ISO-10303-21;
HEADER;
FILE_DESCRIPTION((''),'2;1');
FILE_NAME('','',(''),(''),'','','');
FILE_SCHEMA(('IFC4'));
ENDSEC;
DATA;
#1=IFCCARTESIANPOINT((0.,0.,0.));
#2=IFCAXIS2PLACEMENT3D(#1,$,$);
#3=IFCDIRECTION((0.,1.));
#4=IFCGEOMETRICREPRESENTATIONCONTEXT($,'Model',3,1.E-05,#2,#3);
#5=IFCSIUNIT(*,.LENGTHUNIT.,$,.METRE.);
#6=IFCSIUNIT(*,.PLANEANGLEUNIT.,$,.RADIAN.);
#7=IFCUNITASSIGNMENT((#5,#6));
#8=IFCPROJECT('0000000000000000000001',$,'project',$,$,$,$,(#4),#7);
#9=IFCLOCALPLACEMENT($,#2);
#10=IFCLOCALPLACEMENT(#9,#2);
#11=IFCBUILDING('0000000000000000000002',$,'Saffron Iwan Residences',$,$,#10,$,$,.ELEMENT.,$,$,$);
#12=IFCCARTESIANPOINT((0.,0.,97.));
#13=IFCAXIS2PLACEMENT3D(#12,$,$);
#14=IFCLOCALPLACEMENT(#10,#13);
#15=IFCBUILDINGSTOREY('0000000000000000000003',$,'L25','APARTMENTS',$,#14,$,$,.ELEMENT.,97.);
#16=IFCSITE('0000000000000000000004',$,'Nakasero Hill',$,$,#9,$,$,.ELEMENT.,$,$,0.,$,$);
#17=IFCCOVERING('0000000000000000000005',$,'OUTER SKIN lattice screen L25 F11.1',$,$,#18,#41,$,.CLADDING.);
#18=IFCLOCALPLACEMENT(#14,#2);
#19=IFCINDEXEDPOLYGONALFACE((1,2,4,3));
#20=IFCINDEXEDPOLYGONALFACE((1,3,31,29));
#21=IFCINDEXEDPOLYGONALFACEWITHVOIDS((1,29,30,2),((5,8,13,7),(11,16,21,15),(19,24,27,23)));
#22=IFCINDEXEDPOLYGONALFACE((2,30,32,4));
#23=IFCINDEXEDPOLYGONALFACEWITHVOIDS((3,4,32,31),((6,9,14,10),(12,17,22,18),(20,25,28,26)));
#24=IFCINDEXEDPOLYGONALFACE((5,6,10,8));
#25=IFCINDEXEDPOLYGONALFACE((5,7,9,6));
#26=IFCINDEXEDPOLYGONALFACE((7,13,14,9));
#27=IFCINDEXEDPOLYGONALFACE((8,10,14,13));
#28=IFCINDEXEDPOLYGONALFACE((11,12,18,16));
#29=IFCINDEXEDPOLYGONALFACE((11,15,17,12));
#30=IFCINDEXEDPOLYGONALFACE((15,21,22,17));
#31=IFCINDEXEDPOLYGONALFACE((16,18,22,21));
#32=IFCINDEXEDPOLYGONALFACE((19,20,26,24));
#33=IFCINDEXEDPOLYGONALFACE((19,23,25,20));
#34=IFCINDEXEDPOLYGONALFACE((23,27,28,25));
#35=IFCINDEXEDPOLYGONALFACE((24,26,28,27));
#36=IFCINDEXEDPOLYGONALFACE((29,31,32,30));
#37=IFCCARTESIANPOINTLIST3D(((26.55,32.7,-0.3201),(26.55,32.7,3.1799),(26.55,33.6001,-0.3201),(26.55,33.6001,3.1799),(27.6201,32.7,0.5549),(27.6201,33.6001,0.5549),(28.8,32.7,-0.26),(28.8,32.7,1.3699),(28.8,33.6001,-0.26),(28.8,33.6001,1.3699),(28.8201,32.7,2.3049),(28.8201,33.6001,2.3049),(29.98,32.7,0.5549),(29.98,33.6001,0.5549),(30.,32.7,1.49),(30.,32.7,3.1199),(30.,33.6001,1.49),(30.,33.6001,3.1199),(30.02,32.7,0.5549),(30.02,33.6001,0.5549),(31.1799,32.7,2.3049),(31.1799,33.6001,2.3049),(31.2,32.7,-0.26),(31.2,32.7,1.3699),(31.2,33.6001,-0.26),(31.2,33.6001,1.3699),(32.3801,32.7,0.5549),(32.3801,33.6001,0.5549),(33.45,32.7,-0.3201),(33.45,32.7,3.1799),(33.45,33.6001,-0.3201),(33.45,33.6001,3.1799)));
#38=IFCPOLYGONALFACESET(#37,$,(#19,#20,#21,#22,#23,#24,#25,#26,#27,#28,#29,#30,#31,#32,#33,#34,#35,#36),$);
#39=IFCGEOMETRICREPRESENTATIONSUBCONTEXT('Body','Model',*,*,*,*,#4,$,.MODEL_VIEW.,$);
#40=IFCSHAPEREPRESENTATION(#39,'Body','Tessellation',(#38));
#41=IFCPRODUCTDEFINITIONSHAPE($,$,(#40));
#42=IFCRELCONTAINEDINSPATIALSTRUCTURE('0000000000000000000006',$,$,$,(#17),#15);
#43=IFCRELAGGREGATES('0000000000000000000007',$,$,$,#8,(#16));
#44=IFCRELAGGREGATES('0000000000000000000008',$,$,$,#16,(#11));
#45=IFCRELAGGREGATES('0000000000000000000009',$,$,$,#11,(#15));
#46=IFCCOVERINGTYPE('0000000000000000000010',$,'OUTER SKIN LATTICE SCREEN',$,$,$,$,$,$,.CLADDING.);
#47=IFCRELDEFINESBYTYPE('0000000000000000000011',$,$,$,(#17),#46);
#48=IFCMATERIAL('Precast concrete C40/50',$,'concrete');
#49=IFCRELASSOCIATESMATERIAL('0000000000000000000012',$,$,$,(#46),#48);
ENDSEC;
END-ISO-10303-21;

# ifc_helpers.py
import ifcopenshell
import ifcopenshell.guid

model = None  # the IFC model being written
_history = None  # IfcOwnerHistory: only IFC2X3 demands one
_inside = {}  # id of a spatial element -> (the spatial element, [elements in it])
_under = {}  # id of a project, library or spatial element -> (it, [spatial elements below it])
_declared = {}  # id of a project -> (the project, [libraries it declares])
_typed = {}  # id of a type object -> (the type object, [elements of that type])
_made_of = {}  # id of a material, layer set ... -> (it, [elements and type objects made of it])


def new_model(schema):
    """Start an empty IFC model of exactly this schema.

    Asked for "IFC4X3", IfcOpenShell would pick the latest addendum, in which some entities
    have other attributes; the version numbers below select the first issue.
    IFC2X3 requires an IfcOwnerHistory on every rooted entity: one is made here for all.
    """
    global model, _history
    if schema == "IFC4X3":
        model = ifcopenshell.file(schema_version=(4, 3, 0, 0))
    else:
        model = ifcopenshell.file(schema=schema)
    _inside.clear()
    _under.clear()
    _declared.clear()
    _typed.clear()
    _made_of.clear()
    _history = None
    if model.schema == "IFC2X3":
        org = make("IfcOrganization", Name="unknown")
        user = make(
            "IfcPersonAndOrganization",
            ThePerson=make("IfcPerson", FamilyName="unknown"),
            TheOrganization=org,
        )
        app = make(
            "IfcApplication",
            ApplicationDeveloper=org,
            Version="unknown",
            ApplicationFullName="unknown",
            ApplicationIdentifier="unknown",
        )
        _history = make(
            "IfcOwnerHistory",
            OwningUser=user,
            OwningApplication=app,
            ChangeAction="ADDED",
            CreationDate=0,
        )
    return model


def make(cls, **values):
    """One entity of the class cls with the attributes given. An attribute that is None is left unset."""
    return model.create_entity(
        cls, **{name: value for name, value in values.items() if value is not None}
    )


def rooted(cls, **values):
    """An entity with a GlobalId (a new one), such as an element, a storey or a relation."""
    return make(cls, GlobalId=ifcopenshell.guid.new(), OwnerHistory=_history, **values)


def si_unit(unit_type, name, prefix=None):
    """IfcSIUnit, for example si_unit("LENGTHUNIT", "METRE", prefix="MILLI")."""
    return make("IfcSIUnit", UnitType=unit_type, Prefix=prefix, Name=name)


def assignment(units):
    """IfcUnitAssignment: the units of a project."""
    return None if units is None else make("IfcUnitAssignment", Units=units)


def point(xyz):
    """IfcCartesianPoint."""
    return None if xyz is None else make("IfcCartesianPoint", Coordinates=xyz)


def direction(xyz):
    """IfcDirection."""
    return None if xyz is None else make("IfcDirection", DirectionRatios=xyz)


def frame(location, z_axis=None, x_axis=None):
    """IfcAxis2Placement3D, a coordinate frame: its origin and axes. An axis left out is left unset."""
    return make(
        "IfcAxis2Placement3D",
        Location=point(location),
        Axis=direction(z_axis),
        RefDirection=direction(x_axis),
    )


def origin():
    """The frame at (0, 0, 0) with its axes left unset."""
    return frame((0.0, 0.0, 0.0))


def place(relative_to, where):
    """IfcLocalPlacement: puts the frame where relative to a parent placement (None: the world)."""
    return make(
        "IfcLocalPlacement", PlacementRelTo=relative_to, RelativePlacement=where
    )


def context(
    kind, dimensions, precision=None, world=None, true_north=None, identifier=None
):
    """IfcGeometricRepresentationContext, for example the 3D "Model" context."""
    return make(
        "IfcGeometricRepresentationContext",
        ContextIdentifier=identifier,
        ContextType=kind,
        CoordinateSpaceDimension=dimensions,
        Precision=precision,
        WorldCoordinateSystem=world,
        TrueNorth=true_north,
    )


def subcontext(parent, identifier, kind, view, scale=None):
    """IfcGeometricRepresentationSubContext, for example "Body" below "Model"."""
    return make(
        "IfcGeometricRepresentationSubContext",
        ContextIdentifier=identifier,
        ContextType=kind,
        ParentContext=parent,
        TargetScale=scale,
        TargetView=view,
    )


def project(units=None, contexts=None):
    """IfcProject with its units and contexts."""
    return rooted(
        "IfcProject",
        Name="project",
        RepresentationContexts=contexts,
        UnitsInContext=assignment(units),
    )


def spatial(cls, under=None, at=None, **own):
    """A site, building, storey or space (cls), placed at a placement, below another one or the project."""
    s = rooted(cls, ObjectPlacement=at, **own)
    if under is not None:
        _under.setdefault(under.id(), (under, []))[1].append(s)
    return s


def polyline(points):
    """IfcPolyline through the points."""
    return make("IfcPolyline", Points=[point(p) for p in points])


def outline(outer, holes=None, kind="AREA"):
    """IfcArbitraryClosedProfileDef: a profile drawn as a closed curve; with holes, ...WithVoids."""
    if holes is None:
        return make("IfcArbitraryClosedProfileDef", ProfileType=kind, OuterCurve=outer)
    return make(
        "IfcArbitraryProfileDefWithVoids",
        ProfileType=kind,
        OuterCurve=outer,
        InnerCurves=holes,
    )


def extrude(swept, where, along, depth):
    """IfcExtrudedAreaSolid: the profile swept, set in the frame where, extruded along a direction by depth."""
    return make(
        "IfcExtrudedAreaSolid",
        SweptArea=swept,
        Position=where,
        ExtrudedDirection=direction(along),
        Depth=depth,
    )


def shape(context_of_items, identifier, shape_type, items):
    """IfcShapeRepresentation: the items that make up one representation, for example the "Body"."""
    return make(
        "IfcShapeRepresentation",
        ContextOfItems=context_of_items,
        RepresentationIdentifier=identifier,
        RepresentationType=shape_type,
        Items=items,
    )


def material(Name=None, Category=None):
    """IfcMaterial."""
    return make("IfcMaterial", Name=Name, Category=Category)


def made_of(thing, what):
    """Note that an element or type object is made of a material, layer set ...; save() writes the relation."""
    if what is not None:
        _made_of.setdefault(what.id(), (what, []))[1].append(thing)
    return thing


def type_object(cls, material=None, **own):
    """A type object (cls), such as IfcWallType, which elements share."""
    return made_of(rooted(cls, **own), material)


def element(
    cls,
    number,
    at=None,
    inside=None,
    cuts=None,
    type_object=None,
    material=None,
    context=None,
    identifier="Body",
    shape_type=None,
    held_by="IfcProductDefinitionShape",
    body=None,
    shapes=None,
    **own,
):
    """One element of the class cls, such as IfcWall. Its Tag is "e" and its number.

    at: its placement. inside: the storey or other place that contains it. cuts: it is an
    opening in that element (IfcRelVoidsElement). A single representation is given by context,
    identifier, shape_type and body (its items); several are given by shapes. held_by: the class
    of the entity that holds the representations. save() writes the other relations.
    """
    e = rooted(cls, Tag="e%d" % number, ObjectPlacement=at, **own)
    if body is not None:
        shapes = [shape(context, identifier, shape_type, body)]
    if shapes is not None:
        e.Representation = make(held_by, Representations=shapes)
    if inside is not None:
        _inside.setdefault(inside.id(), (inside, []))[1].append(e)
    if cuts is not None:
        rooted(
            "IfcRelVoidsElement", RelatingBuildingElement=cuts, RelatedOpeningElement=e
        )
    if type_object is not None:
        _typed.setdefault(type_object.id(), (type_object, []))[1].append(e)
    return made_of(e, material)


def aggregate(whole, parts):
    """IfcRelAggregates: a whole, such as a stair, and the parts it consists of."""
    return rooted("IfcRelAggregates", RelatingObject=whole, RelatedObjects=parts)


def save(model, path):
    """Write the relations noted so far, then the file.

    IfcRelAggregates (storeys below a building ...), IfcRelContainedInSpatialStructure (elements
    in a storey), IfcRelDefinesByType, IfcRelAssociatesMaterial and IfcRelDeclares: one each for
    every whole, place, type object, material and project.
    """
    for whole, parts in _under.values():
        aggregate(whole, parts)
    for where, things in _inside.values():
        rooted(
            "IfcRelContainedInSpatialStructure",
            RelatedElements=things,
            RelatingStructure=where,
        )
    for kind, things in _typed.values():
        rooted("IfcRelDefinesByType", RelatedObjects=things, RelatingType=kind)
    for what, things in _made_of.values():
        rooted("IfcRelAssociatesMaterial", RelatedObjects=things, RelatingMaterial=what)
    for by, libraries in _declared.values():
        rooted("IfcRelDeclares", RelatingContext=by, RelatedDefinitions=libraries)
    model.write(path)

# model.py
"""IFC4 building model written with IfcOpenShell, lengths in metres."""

from ifc_helpers import new_model, si_unit, direction, frame, origin, place, context, subcontext, project, spatial, polyline, outline, extrude, material, type_object, element, save


model = new_model("IFC4")

# Units and contexts
model_context = context("Model", 3, precision=1e-05, world=origin(), true_north=direction((0.0, 1.0)))
body_context = subcontext(model_context, "Body", "Model", "MODEL_VIEW")
ifc_project = project(units=[si_unit("LENGTHUNIT", "METRE"), si_unit("PLANEANGLEUNIT", "RADIAN")], contexts=[model_context])

# Site, building, storey
site_placement = place(None, origin())
site = spatial("IfcSite", under=ifc_project, at=site_placement, Name="Nakasero Hill", CompositionType="ELEMENT", RefElevation=0.0)
building_placement = place(site_placement, origin())
building = spatial("IfcBuilding", under=site, at=building_placement, Name="Saffron Iwan Residences", CompositionType="ELEMENT")
storey_placement = place(building_placement, frame((0.0, 0.0, 97.0)))
storey = spatial("IfcBuildingStorey", under=building, at=storey_placement, Name="L25", Description="APARTMENTS", CompositionType="ELEMENT", Elevation=97.0)

# Covering
ifc_material_1 = material(Name="Precast concrete C40/50", Category="concrete")
covering_type = type_object("IfcCoveringType", Name="OUTER SKIN LATTICE SCREEN", PredefinedType="CLADDING", material=ifc_material_1)
covering_placement = place(storey_placement, frame((26.55, 33.6001, -0.3201), z_axis=(0.0, -1.0, 0.0), x_axis=(1.0, 0.0, 0.0)))
element("IfcCovering", 1, at=covering_placement, inside=storey, type_object=covering_type, Name="OUTER SKIN lattice screen L25 F11.1", PredefinedType="CLADDING", context=body_context, shape_type="SweptSolid", body=[
    extrude(outline(polyline([(0.0, 0.0), (6.8999, 0.0), (6.8999, 3.5), (0.0, 3.5), (0.0, 0.0)]), holes=[polyline([(1.0701, 0.875), (2.25, 0.0601), (3.4299, 0.875), (2.25, 1.6899), (1.0701, 0.875)]), polyline([(3.47, 0.875), (4.6499, 0.0601), (5.8301, 0.875), (4.6499, 1.6899), (3.47, 0.875)]), polyline([(2.27, 2.625), (3.45, 1.8101), (4.6299, 2.625), (3.45, 3.4399), (2.27, 2.625)])]), origin(), (0.0, 0.0, 1.0), 0.9001),
])

save(model, "model.ifc")
